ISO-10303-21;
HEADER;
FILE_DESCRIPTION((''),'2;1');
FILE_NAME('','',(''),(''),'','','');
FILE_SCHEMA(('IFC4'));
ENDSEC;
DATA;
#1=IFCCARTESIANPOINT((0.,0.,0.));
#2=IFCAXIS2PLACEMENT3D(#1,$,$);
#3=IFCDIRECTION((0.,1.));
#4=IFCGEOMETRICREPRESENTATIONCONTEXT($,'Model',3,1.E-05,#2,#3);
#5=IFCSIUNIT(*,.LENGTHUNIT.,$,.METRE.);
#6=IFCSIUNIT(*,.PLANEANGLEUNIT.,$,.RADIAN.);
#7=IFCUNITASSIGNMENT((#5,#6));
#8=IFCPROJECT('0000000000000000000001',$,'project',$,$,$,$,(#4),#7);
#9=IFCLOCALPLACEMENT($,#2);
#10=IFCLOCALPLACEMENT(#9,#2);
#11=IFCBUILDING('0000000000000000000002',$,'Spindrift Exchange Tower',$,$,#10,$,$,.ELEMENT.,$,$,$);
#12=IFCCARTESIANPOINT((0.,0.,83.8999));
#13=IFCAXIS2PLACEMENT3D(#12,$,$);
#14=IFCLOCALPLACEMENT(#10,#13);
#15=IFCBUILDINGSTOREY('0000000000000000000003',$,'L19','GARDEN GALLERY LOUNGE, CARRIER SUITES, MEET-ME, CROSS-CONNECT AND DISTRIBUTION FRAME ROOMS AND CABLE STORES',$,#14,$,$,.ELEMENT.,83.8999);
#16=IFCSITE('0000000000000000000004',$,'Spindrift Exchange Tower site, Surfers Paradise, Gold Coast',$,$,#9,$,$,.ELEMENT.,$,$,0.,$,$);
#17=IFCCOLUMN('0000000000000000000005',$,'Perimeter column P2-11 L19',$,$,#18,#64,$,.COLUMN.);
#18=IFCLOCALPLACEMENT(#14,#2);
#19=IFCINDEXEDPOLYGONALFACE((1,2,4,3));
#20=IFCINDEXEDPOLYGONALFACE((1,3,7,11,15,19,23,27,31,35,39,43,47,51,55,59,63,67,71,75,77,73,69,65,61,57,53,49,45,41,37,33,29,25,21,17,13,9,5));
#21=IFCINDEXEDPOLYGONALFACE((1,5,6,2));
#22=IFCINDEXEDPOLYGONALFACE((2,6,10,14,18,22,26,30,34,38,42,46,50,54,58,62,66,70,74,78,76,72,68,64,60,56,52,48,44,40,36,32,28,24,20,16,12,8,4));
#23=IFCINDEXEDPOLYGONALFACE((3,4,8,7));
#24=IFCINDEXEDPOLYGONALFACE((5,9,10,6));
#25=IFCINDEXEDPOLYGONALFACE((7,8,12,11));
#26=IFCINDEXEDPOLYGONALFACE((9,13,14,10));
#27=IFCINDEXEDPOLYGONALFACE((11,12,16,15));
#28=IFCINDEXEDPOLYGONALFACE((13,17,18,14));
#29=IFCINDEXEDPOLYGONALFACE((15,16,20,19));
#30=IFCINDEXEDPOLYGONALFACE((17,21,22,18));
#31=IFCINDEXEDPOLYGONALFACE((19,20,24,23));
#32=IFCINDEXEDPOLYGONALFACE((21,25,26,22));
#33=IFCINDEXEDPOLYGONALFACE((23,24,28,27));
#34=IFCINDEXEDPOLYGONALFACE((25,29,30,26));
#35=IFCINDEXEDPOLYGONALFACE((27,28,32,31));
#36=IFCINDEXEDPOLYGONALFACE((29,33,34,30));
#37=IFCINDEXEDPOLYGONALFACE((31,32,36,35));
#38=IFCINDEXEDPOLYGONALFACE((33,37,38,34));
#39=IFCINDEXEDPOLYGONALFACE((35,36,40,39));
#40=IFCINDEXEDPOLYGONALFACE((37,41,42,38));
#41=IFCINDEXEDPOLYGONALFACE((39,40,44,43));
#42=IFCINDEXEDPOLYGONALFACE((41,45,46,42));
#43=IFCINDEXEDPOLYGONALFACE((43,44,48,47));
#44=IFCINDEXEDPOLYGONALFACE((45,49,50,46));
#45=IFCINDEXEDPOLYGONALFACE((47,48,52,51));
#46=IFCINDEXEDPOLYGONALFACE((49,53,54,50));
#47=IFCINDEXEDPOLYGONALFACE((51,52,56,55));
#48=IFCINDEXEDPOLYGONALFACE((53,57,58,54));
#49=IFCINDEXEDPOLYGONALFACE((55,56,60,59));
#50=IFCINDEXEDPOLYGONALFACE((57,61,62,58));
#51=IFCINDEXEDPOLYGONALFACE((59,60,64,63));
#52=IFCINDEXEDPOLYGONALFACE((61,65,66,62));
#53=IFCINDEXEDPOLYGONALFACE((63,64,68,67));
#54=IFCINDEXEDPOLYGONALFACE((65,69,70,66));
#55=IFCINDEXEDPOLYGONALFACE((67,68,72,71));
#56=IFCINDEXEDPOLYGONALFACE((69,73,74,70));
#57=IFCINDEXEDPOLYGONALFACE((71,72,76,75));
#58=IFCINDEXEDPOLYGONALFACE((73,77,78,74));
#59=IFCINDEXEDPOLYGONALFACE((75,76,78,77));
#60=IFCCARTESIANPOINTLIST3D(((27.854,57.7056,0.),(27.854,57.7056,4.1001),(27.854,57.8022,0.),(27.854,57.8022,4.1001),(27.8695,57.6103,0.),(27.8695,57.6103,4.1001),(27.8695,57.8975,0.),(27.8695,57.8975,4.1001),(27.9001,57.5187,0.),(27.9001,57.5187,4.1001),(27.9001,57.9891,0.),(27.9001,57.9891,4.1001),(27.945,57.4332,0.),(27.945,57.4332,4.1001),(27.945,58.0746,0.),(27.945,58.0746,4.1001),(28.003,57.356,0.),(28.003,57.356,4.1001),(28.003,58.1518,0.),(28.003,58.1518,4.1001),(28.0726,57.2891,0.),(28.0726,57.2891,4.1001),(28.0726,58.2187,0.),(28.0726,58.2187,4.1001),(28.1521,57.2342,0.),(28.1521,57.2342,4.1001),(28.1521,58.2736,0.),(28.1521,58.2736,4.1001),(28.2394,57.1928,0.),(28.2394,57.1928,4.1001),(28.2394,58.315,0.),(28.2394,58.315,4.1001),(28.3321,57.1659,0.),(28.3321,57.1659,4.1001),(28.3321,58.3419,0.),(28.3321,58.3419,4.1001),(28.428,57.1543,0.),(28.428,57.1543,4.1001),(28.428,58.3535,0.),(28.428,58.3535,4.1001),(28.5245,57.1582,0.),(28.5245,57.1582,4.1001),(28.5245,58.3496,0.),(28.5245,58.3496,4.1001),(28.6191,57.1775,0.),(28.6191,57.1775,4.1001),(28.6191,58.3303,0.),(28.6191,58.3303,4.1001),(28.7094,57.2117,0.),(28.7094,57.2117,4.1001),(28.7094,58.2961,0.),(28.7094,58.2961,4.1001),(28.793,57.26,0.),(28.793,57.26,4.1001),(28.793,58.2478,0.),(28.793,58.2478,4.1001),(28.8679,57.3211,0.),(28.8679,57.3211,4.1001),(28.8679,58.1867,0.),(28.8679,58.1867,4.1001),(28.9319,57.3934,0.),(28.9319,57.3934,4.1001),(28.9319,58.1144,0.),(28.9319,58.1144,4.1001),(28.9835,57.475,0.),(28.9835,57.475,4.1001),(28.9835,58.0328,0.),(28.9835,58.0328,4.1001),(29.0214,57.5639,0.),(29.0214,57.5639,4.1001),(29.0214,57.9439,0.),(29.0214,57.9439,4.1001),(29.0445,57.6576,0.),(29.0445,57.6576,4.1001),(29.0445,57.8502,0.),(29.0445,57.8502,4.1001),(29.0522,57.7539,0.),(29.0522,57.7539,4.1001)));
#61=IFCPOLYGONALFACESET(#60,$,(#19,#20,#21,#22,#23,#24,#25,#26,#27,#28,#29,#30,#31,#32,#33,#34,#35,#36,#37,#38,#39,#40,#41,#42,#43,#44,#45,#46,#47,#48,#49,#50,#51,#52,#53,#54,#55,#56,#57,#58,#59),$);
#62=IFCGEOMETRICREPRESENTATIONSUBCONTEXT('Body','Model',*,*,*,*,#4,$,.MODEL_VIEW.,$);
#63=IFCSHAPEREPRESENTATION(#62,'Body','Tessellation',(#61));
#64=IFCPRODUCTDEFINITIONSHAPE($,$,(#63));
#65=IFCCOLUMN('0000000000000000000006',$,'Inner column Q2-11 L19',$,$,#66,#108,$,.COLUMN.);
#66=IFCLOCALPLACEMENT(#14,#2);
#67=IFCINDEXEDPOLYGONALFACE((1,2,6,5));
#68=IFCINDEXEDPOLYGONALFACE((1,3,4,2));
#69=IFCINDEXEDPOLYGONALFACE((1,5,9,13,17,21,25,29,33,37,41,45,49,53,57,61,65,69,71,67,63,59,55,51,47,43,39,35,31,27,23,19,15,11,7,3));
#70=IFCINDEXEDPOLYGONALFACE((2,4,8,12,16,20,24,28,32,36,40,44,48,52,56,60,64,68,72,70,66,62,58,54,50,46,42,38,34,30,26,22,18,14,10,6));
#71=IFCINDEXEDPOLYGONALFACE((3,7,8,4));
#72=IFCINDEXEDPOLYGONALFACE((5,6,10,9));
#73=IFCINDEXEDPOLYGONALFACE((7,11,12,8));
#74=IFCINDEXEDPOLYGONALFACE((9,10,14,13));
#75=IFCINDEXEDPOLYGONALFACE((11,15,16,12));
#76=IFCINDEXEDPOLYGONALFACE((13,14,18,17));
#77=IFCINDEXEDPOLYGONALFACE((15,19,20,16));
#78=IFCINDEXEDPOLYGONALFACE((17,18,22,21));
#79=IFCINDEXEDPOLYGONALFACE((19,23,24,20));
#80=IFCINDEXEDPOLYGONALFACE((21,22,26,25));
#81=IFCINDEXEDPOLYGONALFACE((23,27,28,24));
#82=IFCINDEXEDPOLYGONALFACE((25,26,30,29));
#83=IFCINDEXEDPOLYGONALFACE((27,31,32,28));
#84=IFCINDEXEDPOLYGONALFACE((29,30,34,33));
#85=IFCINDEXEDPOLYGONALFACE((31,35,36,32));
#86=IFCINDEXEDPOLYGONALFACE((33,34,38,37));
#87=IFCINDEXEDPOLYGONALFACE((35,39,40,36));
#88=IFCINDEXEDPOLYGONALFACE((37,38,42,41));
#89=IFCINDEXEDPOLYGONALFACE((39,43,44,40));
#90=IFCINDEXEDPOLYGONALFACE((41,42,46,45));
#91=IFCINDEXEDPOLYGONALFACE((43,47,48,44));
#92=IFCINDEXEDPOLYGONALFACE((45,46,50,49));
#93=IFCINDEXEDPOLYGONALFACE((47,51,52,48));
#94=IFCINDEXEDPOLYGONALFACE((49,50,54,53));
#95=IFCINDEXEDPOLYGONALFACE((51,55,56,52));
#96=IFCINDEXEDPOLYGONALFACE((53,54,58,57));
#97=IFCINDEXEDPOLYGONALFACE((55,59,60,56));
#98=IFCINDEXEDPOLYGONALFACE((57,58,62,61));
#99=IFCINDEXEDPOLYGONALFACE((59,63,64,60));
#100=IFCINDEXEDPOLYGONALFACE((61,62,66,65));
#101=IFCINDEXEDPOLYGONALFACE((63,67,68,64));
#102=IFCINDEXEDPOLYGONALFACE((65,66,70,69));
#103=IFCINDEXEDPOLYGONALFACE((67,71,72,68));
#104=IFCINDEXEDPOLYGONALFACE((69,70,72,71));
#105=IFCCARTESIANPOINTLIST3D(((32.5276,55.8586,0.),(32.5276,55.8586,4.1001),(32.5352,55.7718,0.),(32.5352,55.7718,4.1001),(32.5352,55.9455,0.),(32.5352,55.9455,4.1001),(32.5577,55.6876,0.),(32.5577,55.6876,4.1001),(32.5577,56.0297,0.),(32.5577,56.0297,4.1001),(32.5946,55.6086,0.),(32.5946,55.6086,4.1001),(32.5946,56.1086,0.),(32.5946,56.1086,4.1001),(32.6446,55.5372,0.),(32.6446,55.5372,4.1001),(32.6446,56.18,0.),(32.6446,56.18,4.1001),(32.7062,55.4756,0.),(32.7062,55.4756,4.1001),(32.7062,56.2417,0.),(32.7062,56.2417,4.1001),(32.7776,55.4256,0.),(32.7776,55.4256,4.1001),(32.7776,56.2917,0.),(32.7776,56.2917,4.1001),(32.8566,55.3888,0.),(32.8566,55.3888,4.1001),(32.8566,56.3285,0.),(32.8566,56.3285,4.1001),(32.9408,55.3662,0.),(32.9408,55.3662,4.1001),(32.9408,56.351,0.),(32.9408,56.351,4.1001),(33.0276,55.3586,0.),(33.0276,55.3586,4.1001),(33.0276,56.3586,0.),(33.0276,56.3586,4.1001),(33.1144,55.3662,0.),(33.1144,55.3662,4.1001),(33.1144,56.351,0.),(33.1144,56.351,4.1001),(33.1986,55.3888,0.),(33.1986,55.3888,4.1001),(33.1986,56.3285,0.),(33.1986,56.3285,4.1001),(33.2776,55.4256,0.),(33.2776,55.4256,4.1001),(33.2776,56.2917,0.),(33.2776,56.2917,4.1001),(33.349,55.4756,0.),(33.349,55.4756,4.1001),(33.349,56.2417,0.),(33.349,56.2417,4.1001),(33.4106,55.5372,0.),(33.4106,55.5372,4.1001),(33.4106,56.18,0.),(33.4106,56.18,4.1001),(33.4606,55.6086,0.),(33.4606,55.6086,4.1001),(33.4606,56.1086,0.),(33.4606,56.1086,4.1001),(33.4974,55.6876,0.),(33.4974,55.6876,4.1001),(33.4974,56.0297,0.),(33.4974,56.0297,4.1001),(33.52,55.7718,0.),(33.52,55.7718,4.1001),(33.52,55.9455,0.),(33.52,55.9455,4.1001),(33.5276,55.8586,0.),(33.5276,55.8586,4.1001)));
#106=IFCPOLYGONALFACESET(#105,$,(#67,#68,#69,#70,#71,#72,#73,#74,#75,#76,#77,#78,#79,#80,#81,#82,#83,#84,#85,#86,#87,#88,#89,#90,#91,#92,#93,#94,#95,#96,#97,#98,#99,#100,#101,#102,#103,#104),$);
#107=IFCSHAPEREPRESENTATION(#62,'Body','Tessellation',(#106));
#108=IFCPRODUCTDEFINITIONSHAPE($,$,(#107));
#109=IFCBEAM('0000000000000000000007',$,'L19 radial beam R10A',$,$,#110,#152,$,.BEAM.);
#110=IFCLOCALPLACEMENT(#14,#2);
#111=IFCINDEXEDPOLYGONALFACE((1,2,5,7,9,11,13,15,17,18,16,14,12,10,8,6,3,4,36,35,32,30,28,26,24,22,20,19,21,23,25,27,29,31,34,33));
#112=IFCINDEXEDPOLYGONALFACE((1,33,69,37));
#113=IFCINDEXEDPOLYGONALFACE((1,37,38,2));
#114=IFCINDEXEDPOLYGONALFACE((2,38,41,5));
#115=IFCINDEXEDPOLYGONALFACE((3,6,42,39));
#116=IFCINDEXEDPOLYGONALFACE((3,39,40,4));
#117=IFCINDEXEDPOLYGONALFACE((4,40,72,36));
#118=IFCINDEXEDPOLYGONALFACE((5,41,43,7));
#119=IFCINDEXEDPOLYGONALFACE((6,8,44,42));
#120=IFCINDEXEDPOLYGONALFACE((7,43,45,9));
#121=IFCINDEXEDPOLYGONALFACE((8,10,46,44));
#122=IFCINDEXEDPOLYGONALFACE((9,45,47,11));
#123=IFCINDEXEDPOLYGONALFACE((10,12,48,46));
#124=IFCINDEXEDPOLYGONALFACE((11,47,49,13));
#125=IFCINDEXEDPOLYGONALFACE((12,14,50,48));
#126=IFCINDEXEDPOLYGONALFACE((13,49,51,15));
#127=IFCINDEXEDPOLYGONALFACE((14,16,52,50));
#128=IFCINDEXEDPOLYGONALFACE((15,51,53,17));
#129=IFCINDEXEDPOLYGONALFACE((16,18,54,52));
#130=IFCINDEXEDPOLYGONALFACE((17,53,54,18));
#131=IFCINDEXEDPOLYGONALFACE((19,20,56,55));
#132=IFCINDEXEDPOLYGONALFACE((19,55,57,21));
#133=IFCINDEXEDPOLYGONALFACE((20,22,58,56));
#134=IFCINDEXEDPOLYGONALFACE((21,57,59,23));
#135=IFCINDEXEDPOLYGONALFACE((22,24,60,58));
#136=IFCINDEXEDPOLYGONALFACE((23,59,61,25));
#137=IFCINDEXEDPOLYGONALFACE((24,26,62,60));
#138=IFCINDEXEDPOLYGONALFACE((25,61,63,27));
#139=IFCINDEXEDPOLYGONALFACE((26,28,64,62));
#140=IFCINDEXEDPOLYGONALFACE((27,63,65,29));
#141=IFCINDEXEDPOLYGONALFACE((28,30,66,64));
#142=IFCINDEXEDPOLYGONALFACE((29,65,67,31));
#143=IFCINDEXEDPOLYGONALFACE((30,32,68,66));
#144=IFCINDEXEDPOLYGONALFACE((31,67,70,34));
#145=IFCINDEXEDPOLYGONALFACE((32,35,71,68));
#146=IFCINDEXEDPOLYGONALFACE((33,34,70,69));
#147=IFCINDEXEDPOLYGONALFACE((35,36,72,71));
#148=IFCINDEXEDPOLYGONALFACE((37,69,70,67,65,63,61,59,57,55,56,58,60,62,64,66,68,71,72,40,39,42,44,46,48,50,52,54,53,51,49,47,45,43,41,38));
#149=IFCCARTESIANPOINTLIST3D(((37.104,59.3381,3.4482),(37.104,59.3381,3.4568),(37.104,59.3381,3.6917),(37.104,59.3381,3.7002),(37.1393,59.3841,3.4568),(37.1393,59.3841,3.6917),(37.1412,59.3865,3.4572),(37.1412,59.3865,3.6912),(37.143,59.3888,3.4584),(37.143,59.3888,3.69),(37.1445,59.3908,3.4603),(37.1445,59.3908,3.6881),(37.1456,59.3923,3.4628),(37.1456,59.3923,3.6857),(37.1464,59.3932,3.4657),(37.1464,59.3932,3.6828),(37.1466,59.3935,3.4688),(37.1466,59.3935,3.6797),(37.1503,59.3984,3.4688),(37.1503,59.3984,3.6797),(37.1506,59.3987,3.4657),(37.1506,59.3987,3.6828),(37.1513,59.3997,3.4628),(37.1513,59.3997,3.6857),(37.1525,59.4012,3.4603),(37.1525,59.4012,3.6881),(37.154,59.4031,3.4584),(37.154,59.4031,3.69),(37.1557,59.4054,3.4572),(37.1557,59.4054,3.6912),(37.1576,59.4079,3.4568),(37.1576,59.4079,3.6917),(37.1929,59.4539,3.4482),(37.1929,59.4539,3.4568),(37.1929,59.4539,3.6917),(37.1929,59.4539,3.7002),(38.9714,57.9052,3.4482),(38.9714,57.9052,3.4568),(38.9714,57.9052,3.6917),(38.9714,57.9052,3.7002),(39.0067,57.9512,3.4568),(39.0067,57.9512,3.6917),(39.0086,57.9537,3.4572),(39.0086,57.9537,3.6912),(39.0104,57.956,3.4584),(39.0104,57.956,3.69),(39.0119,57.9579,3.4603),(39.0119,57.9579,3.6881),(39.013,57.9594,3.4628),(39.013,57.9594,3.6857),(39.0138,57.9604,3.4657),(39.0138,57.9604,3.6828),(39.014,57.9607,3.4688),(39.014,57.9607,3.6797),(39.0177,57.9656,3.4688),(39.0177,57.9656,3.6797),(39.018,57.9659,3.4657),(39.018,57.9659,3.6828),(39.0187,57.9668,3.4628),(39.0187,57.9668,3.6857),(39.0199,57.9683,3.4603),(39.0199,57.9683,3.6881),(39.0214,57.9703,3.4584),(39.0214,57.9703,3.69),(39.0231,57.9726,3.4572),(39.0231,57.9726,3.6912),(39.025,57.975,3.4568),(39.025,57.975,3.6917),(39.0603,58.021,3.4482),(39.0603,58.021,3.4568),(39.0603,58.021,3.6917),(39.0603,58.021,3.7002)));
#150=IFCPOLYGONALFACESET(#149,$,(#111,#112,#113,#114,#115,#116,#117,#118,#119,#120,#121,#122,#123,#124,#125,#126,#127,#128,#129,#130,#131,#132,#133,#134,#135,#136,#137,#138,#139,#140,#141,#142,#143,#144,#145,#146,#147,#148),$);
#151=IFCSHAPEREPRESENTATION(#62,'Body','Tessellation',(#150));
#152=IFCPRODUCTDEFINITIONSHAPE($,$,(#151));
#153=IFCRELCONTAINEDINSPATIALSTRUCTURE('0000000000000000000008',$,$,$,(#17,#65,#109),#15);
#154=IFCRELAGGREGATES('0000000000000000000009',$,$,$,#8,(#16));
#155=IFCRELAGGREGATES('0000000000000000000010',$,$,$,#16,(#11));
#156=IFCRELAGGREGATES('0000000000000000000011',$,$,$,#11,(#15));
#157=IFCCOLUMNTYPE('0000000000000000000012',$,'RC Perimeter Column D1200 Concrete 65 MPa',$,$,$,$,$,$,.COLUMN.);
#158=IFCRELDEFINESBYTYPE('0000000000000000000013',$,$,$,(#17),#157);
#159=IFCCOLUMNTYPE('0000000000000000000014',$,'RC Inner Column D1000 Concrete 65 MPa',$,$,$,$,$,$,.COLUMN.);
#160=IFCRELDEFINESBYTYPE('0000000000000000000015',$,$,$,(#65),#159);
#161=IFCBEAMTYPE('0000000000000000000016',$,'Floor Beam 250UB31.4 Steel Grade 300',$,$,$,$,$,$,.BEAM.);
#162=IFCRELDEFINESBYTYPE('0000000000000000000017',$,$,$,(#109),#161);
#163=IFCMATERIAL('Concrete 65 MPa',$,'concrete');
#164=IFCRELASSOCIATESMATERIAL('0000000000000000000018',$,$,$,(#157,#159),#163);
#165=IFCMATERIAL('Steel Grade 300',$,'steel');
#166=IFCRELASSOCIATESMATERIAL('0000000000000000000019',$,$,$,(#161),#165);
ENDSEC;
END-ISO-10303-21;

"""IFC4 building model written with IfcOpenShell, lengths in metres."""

from ifc_helpers import new_model, si_unit, direction, frame, origin, origin_2d, place, context, subcontext, project, spatial, circle, i_section, extrude, source, transform, mapped, material, material_profile, profile_set, type_object, element, save


model = new_model("IFC4")

# Units and contexts
model_context = context("Model", 3, precision=1e-05, world=origin(), true_north=direction((0.0, 1.0)))
body_context = subcontext(model_context, "Body", "Model", "MODEL_VIEW")
ifc_project = project(units=[si_unit("LENGTHUNIT", "METRE"), si_unit("PLANEANGLEUNIT", "RADIAN")], contexts=[model_context])

# Site, building, storey
site_placement = place(None, origin())
site = spatial("IfcSite", under=ifc_project, at=site_placement, Name="Spindrift Exchange Tower site, Surfers Paradise, Gold Coast", CompositionType="ELEMENT", RefElevation=0.0)
building_placement = place(site_placement, origin())
building = spatial("IfcBuilding", under=site, at=building_placement, Name="Spindrift Exchange Tower", CompositionType="ELEMENT")
storey_placement = place(building_placement, frame((0.0, 0.0, 83.8999)))
storey = spatial("IfcBuildingStorey", under=building, at=storey_placement, Name="L19", Description="GARDEN GALLERY LOUNGE, CARRIER SUITES, MEET-ME, CROSS-CONNECT AND DISTRIBUTION FRAME ROOMS AND CABLE STORES", CompositionType="ELEMENT", Elevation=83.8999)

# Columns
ifc_material_1 = material(Name="Concrete 65 MPa", Category="concrete")
ifc_material_profile_1 = material_profile(ifc_material_1, circle(Radius=0.6001, at=origin_2d()), Name="RC D1200")
ifc_profile_set_1 = profile_set([ifc_material_profile_1], Name="Concrete 65 MPa")
column_type_1 = type_object("IfcColumnType", Name="RC Perimeter Column D1200 Concrete 65 MPa", PredefinedType="COLUMN", material=ifc_profile_set_1)
shared_shape_1 = source(origin(), body_context, "Body", "SweptSolid", [
    extrude(circle(Radius=0.6001, at=origin_2d()), origin(), (0.0, 0.0, 1.0), 4.1001),
])
column_1_placement = place(storey_placement, frame((28.4521, 57.7539, 0.0), z_axis=(0.0, 0.0, 1.0), x_axis=(1.0, 0.0, 0.0)))
element("IfcColumn", 1, at=column_1_placement, inside=storey, type_object=column_type_1, Name="Perimeter column P2-11 L19", PredefinedType="COLUMN", context=body_context, shape_type="MappedRepresentation", body=[
    mapped(shared_shape_1, transform((0.0, 0.0, 0.0), scale=1.0)),
])
ifc_material_profile_2 = material_profile(ifc_material_1, circle(Radius=0.5, at=origin_2d()), Name="RC D1000")
ifc_profile_set_2 = profile_set([ifc_material_profile_2], Name="Concrete 65 MPa")
column_type_2 = type_object("IfcColumnType", Name="RC Inner Column D1000 Concrete 65 MPa", PredefinedType="COLUMN", material=ifc_profile_set_2)
shared_shape_2 = source(origin(), body_context, "Body", "SweptSolid", [
    extrude(circle(Radius=0.5, at=origin_2d()), origin(), (0.0, 0.0, 1.0), 4.1001),
])
column_2_placement = place(storey_placement, frame((33.0276, 55.8586, 0.0), z_axis=(0.0, 0.0, 1.0), x_axis=(1.0, 0.0, 0.0)))
element("IfcColumn", 2, at=column_2_placement, inside=storey, type_object=column_type_2, Name="Inner column Q2-11 L19", PredefinedType="COLUMN", context=body_context, shape_type="MappedRepresentation", body=[
    mapped(shared_shape_2, transform((0.0, 0.0, 0.0), scale=1.0)),
])

# Beam
ifc_material_2 = material(Name="Steel Grade 300", Category="steel")
ifc_material_profile_3 = material_profile(ifc_material_2, i_section(OverallWidth=0.146, OverallDepth=0.252, WebThickness=0.0061, FlangeThickness=0.0085, FilletRadius=0.012, at=origin_2d()), Name="250UB31.4")
ifc_profile_set_3 = profile_set([ifc_material_profile_3], Name="Steel Grade 300")
beam_type_1 = type_object("IfcBeamType", Name="Floor Beam 250UB31.4 Steel Grade 300", PredefinedType="BEAM", material=ifc_profile_set_3)
shared_shape_3 = source(origin(), body_context, "Body", "SweptSolid", [
    extrude(i_section(OverallWidth=0.146, OverallDepth=0.252, WebThickness=0.0061, FlangeThickness=0.0085, FilletRadius=0.012, at=origin_2d()), origin(), (0.0, 0.0, 1.0), 2.3538),
])
beam_1_placement = place(storey_placement, frame((39.0159, 57.9631, 3.5742), z_axis=(-0.793368, 0.608743, 0.0), x_axis=(-0.608743, -0.793368, 0.0)))
element("IfcBeam", 3, at=beam_1_placement, inside=storey, type_object=beam_type_1, Name="L19 radial beam R10A", PredefinedType="BEAM", context=body_context, shape_type="MappedRepresentation", body=[
    mapped(shared_shape_3, transform((0.0, 0.0, 0.0), scale=1.0)),
])

save(model, "model.ifc")
